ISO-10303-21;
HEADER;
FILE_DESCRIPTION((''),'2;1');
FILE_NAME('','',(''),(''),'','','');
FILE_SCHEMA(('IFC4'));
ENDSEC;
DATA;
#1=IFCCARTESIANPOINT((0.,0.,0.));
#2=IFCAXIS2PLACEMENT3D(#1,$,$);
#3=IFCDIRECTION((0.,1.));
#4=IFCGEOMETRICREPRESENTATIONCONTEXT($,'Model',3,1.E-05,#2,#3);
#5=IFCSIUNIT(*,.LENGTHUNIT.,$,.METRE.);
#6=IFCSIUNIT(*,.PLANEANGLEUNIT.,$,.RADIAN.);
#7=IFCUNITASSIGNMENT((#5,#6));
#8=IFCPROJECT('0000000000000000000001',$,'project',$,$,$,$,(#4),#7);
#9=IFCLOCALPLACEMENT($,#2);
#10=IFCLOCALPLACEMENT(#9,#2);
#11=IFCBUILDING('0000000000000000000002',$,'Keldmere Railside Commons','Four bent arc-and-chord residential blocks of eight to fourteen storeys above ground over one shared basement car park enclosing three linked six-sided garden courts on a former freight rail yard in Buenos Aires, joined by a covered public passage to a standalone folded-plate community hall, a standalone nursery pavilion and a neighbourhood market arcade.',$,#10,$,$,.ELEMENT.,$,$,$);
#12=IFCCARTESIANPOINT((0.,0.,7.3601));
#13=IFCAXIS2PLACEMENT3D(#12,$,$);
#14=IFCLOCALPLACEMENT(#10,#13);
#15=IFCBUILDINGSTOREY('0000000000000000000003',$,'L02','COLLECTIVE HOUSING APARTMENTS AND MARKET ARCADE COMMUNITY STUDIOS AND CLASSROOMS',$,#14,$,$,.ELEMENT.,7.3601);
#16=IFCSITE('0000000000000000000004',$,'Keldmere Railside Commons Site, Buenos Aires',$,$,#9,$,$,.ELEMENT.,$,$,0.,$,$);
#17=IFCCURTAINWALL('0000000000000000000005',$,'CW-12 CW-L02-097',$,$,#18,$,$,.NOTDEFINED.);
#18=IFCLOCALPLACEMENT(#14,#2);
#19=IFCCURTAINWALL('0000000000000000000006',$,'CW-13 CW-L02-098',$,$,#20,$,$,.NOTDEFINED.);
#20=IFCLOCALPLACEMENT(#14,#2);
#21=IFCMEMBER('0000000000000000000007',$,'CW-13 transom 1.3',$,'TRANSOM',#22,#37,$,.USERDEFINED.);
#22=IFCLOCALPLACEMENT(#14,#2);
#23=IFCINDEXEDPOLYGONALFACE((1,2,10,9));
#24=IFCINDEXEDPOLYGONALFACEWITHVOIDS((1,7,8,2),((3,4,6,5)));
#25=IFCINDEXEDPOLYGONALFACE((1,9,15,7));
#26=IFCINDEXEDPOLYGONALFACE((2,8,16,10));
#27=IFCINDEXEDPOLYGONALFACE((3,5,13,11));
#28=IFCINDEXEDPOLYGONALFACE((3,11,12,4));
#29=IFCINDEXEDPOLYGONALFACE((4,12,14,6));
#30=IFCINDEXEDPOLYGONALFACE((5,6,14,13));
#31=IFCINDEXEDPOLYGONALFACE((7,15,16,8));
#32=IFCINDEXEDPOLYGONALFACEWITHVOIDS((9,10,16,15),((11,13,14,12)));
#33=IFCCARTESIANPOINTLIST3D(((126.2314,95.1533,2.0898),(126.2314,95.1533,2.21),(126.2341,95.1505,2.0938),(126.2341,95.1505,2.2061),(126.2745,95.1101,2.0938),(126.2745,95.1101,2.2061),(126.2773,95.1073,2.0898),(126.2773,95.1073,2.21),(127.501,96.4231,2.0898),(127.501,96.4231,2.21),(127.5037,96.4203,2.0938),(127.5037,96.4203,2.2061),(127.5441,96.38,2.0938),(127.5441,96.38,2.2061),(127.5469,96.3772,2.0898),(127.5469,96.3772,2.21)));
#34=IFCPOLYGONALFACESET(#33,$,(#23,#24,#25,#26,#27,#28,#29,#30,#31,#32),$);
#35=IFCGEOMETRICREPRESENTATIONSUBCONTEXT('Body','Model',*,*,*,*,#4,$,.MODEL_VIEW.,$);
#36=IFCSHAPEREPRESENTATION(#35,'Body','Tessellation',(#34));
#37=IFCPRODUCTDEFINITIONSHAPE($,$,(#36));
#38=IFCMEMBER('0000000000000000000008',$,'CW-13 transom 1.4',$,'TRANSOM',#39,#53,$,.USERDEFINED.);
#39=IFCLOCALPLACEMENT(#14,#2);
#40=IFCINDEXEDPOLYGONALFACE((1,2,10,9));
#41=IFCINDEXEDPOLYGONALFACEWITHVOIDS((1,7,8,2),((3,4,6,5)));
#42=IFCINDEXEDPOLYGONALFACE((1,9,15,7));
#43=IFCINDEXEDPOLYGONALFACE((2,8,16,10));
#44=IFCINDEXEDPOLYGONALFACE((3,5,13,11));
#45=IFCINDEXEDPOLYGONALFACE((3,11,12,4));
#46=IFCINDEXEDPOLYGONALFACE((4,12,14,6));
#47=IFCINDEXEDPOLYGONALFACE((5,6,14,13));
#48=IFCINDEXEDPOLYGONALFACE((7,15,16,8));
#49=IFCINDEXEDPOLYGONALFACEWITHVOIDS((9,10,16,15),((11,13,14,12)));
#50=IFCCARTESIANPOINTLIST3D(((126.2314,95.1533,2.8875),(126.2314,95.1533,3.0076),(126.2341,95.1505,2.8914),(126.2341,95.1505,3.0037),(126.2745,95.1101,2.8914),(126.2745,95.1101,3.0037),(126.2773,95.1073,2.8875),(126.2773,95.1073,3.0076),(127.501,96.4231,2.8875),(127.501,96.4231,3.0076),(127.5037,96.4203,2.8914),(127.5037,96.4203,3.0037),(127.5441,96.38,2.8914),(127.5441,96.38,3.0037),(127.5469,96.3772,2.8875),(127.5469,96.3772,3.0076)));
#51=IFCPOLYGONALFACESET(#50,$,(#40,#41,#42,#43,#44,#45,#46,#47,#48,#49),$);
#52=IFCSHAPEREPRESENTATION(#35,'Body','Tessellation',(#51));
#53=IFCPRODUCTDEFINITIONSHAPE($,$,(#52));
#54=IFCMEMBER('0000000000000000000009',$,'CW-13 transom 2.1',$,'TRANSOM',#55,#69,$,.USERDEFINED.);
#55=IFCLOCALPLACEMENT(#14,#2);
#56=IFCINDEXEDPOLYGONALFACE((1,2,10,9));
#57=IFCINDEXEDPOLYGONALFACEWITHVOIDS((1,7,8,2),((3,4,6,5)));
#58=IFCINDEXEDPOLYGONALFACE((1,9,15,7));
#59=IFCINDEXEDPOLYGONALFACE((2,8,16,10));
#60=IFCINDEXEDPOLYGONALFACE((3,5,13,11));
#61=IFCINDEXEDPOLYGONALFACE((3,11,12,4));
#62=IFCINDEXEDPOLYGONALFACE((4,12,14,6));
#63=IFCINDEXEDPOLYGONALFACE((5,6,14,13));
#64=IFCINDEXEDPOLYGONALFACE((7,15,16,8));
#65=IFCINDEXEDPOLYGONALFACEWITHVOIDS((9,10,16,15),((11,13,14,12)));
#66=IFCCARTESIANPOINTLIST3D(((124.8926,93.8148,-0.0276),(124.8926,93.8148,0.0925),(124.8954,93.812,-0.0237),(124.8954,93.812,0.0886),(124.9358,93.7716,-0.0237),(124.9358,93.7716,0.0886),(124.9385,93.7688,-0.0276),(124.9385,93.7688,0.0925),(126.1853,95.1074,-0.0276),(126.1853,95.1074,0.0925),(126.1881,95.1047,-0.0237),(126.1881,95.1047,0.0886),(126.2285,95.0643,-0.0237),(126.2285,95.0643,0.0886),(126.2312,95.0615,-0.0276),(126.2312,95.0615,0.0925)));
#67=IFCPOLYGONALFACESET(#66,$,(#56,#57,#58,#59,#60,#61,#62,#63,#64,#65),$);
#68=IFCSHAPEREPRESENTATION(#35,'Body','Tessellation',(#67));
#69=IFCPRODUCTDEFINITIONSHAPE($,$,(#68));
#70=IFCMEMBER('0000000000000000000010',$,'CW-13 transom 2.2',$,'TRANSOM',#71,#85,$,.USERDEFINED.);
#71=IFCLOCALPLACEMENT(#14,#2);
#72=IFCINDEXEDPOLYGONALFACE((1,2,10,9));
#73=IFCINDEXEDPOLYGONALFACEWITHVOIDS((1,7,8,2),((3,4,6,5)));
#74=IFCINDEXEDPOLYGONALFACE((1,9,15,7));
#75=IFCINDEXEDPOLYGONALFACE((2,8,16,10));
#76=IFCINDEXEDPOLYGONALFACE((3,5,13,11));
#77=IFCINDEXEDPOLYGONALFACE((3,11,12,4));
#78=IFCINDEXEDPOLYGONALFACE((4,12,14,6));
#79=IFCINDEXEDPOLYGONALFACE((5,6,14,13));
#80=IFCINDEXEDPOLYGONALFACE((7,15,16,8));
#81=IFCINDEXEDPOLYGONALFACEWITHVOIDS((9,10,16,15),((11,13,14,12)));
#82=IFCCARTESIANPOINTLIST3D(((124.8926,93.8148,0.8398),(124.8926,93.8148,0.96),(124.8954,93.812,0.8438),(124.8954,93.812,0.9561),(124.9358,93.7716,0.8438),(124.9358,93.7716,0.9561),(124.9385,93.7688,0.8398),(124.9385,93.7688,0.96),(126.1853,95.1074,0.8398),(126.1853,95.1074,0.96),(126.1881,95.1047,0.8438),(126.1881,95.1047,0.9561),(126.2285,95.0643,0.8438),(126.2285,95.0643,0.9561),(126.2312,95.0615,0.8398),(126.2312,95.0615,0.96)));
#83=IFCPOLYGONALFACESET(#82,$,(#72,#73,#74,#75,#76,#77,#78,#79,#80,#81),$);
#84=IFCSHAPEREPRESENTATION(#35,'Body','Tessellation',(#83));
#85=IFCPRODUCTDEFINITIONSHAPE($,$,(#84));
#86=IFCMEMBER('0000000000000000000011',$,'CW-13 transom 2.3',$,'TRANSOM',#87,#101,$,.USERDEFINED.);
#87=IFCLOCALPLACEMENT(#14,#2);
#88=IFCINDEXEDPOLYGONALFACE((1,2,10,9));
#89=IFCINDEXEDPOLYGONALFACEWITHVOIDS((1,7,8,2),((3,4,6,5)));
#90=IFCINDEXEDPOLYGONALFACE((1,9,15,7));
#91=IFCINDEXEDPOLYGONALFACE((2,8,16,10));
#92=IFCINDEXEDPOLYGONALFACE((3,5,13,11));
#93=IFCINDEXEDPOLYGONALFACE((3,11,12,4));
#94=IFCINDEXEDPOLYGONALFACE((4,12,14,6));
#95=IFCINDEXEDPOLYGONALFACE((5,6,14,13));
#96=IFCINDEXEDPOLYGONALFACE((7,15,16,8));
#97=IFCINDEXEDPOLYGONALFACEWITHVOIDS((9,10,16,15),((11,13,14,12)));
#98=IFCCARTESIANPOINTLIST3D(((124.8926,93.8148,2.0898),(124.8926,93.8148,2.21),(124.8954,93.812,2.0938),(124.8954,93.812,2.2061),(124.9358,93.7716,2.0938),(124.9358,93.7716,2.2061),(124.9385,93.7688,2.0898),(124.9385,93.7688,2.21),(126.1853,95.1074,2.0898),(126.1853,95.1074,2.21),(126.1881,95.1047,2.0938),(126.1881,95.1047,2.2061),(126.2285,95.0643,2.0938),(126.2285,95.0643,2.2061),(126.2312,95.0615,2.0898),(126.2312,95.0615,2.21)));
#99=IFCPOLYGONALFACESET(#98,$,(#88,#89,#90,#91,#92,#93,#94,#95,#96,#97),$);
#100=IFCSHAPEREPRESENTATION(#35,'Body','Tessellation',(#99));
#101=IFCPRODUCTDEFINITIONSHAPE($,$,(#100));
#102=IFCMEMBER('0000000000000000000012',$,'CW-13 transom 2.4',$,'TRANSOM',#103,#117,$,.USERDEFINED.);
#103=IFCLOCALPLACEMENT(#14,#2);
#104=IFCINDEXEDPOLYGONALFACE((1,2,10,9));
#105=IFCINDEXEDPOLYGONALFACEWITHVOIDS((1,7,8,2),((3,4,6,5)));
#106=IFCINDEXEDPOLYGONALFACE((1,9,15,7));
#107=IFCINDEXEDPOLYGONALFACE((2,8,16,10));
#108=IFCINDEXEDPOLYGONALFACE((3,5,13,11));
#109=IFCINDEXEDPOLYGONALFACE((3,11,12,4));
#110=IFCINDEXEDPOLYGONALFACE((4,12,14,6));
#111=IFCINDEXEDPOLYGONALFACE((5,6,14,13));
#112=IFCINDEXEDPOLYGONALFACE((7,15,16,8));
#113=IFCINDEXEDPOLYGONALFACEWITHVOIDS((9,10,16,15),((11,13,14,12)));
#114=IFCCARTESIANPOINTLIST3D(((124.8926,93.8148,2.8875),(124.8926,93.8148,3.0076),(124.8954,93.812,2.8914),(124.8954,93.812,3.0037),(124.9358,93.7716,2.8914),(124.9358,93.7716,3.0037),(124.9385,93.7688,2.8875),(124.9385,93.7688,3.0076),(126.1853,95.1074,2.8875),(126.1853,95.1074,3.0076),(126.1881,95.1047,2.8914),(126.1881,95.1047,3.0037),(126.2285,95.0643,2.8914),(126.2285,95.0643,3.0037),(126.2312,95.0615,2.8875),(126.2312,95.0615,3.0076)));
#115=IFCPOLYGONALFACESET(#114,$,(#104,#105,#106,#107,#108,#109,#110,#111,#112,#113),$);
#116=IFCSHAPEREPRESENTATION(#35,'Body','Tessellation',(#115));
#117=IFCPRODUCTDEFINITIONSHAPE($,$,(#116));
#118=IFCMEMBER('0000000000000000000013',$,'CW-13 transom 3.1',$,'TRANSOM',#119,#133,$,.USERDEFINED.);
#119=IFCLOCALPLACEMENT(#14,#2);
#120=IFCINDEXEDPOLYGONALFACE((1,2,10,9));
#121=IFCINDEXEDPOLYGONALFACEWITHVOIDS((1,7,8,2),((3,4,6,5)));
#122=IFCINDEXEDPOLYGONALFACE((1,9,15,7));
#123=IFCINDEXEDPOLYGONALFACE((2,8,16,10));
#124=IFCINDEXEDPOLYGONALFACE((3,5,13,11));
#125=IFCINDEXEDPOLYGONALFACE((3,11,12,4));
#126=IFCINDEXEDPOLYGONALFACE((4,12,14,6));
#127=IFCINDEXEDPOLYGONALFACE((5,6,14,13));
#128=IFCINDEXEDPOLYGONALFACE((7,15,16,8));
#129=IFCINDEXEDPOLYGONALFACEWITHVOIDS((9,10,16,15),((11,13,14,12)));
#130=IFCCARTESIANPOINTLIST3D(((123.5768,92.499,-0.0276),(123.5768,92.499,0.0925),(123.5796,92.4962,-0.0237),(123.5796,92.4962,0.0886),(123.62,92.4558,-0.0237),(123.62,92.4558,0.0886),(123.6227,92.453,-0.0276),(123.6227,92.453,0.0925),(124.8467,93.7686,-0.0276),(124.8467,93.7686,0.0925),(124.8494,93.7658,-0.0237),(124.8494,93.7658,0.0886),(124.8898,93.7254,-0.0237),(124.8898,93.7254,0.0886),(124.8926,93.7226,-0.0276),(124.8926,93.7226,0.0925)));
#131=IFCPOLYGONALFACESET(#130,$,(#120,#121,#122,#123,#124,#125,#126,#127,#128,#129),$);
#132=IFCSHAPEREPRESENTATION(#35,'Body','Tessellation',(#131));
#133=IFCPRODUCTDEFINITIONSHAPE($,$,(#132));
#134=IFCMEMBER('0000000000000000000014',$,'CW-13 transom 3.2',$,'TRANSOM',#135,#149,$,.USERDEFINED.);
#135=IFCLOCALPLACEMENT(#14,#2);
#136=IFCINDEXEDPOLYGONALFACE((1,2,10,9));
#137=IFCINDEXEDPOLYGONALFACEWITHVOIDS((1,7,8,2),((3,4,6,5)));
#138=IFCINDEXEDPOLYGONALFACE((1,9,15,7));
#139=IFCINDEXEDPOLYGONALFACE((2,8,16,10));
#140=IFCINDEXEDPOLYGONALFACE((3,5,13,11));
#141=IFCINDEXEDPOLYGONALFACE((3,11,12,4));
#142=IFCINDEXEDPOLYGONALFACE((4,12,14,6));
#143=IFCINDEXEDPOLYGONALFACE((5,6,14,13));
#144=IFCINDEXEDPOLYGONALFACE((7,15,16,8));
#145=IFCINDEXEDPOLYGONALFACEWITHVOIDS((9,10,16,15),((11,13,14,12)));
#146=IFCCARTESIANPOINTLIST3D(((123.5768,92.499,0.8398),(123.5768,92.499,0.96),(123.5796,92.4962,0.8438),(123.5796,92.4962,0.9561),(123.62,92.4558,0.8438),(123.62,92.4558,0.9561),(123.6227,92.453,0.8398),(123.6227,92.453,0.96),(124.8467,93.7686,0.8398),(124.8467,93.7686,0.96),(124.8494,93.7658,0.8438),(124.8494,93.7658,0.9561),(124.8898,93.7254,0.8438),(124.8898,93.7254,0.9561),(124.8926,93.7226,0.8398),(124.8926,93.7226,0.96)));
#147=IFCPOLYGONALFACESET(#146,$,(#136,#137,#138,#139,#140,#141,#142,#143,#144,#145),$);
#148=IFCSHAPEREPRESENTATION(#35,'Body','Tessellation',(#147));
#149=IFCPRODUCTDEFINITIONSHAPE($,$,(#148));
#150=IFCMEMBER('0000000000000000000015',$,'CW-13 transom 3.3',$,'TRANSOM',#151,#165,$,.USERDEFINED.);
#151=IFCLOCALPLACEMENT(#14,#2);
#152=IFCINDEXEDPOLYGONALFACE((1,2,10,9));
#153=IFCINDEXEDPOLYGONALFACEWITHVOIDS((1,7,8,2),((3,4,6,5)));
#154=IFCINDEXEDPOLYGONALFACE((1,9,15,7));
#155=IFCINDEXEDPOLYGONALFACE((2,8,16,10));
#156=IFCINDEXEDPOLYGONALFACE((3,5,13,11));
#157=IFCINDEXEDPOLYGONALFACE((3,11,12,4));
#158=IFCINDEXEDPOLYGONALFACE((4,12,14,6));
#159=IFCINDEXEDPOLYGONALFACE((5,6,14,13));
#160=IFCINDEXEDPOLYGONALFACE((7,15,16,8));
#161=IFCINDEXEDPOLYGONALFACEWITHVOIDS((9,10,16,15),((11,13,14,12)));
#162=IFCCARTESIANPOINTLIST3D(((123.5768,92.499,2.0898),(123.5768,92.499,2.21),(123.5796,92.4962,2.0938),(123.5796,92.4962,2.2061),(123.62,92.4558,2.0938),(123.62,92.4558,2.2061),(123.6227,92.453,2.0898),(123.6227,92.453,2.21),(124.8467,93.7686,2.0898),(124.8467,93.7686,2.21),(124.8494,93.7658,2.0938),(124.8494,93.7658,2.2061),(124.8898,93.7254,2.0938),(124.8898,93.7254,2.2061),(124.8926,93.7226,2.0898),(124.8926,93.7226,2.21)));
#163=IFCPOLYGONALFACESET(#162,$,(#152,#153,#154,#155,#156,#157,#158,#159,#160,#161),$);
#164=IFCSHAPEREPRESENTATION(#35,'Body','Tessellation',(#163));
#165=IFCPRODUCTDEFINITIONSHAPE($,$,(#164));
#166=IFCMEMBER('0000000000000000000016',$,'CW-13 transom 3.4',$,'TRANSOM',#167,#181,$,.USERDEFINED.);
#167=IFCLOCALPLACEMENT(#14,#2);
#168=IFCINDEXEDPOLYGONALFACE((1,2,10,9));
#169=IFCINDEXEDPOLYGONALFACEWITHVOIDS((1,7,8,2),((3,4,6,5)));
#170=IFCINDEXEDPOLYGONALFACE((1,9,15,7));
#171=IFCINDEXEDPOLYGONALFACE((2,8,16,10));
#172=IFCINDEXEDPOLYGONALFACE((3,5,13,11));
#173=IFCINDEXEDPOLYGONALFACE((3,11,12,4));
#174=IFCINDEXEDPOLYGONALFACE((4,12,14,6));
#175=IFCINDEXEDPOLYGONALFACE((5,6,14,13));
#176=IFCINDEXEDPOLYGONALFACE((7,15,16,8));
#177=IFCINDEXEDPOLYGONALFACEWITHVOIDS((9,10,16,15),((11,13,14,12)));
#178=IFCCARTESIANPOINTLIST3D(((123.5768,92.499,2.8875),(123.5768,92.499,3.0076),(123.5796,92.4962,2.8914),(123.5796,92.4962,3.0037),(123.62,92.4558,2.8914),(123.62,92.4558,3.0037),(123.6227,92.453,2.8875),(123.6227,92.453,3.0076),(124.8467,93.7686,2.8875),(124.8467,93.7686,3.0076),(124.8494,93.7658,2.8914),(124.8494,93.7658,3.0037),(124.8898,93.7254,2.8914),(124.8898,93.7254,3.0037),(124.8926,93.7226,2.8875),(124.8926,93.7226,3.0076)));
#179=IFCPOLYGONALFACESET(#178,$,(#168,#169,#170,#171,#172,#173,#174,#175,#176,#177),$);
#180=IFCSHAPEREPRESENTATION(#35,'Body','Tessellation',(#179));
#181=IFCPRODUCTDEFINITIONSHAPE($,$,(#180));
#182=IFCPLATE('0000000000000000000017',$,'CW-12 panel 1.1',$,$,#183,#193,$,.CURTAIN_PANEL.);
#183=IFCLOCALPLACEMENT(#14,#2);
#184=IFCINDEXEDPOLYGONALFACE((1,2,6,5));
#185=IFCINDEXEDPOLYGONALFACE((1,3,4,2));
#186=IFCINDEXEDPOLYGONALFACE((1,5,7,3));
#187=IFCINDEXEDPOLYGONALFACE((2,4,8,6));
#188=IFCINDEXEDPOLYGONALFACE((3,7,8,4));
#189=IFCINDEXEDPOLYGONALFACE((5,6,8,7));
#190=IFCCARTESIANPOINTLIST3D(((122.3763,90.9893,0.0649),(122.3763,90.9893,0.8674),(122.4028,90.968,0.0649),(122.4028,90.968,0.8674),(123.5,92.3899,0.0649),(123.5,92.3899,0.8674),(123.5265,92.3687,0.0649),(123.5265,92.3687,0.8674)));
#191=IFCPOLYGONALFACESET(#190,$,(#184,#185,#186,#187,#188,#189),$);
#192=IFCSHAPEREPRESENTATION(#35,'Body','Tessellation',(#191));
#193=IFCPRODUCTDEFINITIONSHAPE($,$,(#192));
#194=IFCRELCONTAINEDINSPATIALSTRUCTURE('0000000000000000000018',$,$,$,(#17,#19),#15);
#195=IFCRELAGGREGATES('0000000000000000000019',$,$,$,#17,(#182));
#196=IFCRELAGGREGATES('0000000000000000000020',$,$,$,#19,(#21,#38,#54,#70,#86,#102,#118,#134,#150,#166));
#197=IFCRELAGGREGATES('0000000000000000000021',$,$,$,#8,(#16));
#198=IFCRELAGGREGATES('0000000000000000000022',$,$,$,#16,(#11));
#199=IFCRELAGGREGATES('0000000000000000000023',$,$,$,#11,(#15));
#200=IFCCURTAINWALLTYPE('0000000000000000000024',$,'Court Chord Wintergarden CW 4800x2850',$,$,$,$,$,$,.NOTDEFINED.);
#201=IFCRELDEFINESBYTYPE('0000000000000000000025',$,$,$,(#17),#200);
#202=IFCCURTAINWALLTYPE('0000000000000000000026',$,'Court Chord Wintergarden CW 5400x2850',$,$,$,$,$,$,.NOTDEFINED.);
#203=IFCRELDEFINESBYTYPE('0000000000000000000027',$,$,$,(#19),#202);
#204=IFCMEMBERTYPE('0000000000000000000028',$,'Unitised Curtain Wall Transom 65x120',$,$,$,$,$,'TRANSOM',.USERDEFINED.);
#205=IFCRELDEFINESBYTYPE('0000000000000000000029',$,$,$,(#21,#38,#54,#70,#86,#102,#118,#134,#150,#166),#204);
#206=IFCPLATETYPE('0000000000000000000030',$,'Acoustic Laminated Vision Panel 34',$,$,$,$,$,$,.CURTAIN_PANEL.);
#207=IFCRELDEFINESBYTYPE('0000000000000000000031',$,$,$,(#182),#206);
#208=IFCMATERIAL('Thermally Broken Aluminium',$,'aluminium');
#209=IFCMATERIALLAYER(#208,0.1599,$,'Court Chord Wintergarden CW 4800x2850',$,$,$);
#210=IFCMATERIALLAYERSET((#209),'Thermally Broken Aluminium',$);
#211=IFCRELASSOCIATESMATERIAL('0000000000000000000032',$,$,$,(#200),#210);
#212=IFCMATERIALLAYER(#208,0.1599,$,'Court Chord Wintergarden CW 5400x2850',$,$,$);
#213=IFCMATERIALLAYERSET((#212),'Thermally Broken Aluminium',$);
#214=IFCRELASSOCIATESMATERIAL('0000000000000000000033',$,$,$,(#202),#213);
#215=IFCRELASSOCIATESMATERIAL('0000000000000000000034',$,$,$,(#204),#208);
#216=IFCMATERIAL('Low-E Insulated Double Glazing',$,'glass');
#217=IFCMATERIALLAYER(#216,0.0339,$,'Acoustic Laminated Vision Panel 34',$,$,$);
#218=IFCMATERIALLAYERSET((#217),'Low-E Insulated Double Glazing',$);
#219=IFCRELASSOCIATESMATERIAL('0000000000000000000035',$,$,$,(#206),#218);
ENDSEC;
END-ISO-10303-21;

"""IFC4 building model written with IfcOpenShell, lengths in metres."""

from ifc_helpers import new_model, si_unit, direction, frame, origin, origin_2d, place, context, subcontext, project, spatial, rectangle, hollow_rectangle, extrude, material, layer, layer_set, material_profile, profile_set, type_object, element, aggregate, save


model = new_model("IFC4")

# Units and contexts
model_context = context("Model", 3, precision=1e-05, world=origin(), true_north=direction((0.0, 1.0)))
body_context = subcontext(model_context, "Body", "Model", "MODEL_VIEW")
ifc_project = project(units=[si_unit("LENGTHUNIT", "METRE"), si_unit("PLANEANGLEUNIT", "RADIAN")], contexts=[model_context])

# Site, building, storey
site_placement = place(None, origin())
site = spatial("IfcSite", under=ifc_project, at=site_placement, Name="Keldmere Railside Commons Site, Buenos Aires", CompositionType="ELEMENT", RefElevation=0.0)
building_placement = place(site_placement, origin())
building = spatial("IfcBuilding", under=site, at=building_placement, Name="Keldmere Railside Commons", Description="Four bent arc-and-chord residential blocks of eight to fourteen storeys above ground over one shared basement car park enclosing three linked six-sided garden courts on a former freight rail yard in Buenos Aires, joined by a covered public passage to a standalone folded-plate community hall, a standalone nursery pavilion and a neighbourhood market arcade.", CompositionType="ELEMENT")
storey_placement = place(building_placement, frame((0.0, 0.0, 7.3601)))
storey = spatial("IfcBuildingStorey", under=building, at=storey_placement, Name="L02", Description="COLLECTIVE HOUSING APARTMENTS AND MARKET ARCADE COMMUNITY STUDIOS AND CLASSROOMS", CompositionType="ELEMENT", Elevation=7.3601)

# Curtain wall
ifc_material_1 = material(Name="Thermally Broken Aluminium", Category="aluminium")
ifc_layer_1 = layer(ifc_material_1, 0.1599, Name="Court Chord Wintergarden CW 4800x2850")
ifc_layer_set_1 = layer_set([ifc_layer_1], Name="Thermally Broken Aluminium")
curtain_wall_type_1 = type_object("IfcCurtainWallType", Name="Court Chord Wintergarden CW 4800x2850", PredefinedType="NOTDEFINED", material=ifc_layer_set_1)
curtain_wall_1_placement = place(storey_placement, origin())
curtain_wall_1 = element("IfcCurtainWall", 1, at=curtain_wall_1_placement, inside=storey, type_object=curtain_wall_type_1, Name="CW-12 CW-L02-097", PredefinedType="NOTDEFINED")

# Curtain wall
ifc_layer_2 = layer(ifc_material_1, 0.1599, Name="Court Chord Wintergarden CW 5400x2850")
ifc_layer_set_2 = layer_set([ifc_layer_2], Name="Thermally Broken Aluminium")
curtain_wall_type_2 = type_object("IfcCurtainWallType", Name="Court Chord Wintergarden CW 5400x2850", PredefinedType="NOTDEFINED", material=ifc_layer_set_2)
curtain_wall_2_placement = place(storey_placement, origin())
curtain_wall_2 = element("IfcCurtainWall", 2, at=curtain_wall_2_placement, inside=storey, type_object=curtain_wall_type_2, Name="CW-13 CW-L02-098", PredefinedType="NOTDEFINED")

# Members
ifc_material_profile_1 = material_profile(ifc_material_1, hollow_rectangle(XDim=0.0649, YDim=0.1201, WallThickness=0.0039, at=origin_2d()), Name="ALU-TRAN-65x120")
ifc_profile_set_1 = profile_set([ifc_material_profile_1], Name="Thermally Broken Aluminium")
member_type_1 = type_object("IfcMemberType", Name="Unitised Curtain Wall Transom 65x120", ElementType="TRANSOM", PredefinedType="USERDEFINED", material=ifc_profile_set_1)
member_1_placement = place(storey_placement, frame((127.5239, 96.4001, 2.1499), z_axis=(-0.707039, -0.707175, 0.0), x_axis=(0.707175, -0.707039, 0.0)))
member_1 = element("IfcMember", 3, at=member_1_placement, type_object=member_type_1, Name="CW-13 transom 1.3", ObjectType="TRANSOM", PredefinedType="USERDEFINED", context=body_context, shape_type="SweptSolid", body=[
    extrude(hollow_rectangle(XDim=0.0649, YDim=0.1201, WallThickness=0.0039, at=origin_2d()), origin(), (0.0, 0.0, 1.0), 1.7957),
])
member_2_placement = place(storey_placement, frame((127.5239, 96.4001, 2.9475), z_axis=(-0.707039, -0.707175, 0.0), x_axis=(0.707175, -0.707039, 0.0)))
member_2 = element("IfcMember", 4, at=member_2_placement, type_object=member_type_1, Name="CW-13 transom 1.4", ObjectType="TRANSOM", PredefinedType="USERDEFINED", context=body_context, shape_type="SweptSolid", body=[
    extrude(hollow_rectangle(XDim=0.0649, YDim=0.1201, WallThickness=0.0039, at=origin_2d()), origin(), (0.0, 0.0, 1.0), 1.7957),
])
member_3_placement = place(storey_placement, frame((126.2083, 95.0845, 0.0325), z_axis=(-0.707107, -0.707107, 0.0), x_axis=(0.707107, -0.707107, 0.0)))
member_3 = element("IfcMember", 5, at=member_3_placement, type_object=member_type_1, Name="CW-13 transom 2.1", ObjectType="TRANSOM", PredefinedType="USERDEFINED", context=body_context, shape_type="SweptSolid", body=[
    extrude(hollow_rectangle(XDim=0.0649, YDim=0.1201, WallThickness=0.0039, at=origin_2d()), origin(), (0.0, 0.0, 1.0), 1.8281),
])
member_4_placement = place(storey_placement, frame((126.2083, 95.0845, 0.8999), z_axis=(-0.707107, -0.707107, 0.0), x_axis=(0.707107, -0.707107, 0.0)))
member_4 = element("IfcMember", 6, at=member_4_placement, type_object=member_type_1, Name="CW-13 transom 2.2", ObjectType="TRANSOM", PredefinedType="USERDEFINED", context=body_context, shape_type="SweptSolid", body=[
    extrude(hollow_rectangle(XDim=0.0649, YDim=0.1201, WallThickness=0.0039, at=origin_2d()), origin(), (0.0, 0.0, 1.0), 1.8281),
])
member_5_placement = place(storey_placement, frame((126.2083, 95.0845, 2.1499), z_axis=(-0.707107, -0.707107, 0.0), x_axis=(0.707107, -0.707107, 0.0)))
member_5 = element("IfcMember", 7, at=member_5_placement, type_object=member_type_1, Name="CW-13 transom 2.3", ObjectType="TRANSOM", PredefinedType="USERDEFINED", context=body_context, shape_type="SweptSolid", body=[
    extrude(hollow_rectangle(XDim=0.0649, YDim=0.1201, WallThickness=0.0039, at=origin_2d()), origin(), (0.0, 0.0, 1.0), 1.8281),
])
member_6_placement = place(storey_placement, frame((126.2083, 95.0845, 2.9475), z_axis=(-0.707107, -0.707107, 0.0), x_axis=(0.707107, -0.707107, 0.0)))
member_6 = element("IfcMember", 8, at=member_6_placement, type_object=member_type_1, Name="CW-13 transom 2.4", ObjectType="TRANSOM", PredefinedType="USERDEFINED", context=body_context, shape_type="SweptSolid", body=[
    extrude(hollow_rectangle(XDim=0.0649, YDim=0.1201, WallThickness=0.0039, at=origin_2d()), origin(), (0.0, 0.0, 1.0), 1.8281),
])
member_7_placement = place(storey_placement, frame((124.8696, 93.7456, 0.0325), z_axis=(-0.707175, -0.707039, 0.0), x_axis=(0.707039, -0.707175, 0.0)))
member_7 = element("IfcMember", 9, at=member_7_placement, type_object=member_type_1, Name="CW-13 transom 3.1", ObjectType="TRANSOM", PredefinedType="USERDEFINED", context=body_context, shape_type="SweptSolid", body=[
    extrude(hollow_rectangle(XDim=0.0649, YDim=0.1201, WallThickness=0.0039, at=origin_2d()), origin(), (0.0, 0.0, 1.0), 1.7957),
])
member_8_placement = place(storey_placement, frame((124.8696, 93.7456, 0.8999), z_axis=(-0.707175, -0.707039, 0.0), x_axis=(0.707039, -0.707175, 0.0)))
member_8 = element("IfcMember", 10, at=member_8_placement, type_object=member_type_1, Name="CW-13 transom 3.2", ObjectType="TRANSOM", PredefinedType="USERDEFINED", context=body_context, shape_type="SweptSolid", body=[
    extrude(hollow_rectangle(XDim=0.0649, YDim=0.1201, WallThickness=0.0039, at=origin_2d()), origin(), (0.0, 0.0, 1.0), 1.7957),
])
member_9_placement = place(storey_placement, frame((124.8696, 93.7456, 2.1499), z_axis=(-0.707175, -0.707039, 0.0), x_axis=(0.707039, -0.707175, 0.0)))
member_9 = element("IfcMember", 11, at=member_9_placement, type_object=member_type_1, Name="CW-13 transom 3.3", ObjectType="TRANSOM", PredefinedType="USERDEFINED", context=body_context, shape_type="SweptSolid", body=[
    extrude(hollow_rectangle(XDim=0.0649, YDim=0.1201, WallThickness=0.0039, at=origin_2d()), origin(), (0.0, 0.0, 1.0), 1.7957),
])
member_10_placement = place(storey_placement, frame((124.8696, 93.7456, 2.9475), z_axis=(-0.707175, -0.707039, 0.0), x_axis=(0.707039, -0.707175, 0.0)))
member_10 = element("IfcMember", 12, at=member_10_placement, type_object=member_type_1, Name="CW-13 transom 3.4", ObjectType="TRANSOM", PredefinedType="USERDEFINED", context=body_context, shape_type="SweptSolid", body=[
    extrude(hollow_rectangle(XDim=0.0649, YDim=0.1201, WallThickness=0.0039, at=origin_2d()), origin(), (0.0, 0.0, 1.0), 1.7957),
])

# Plate
ifc_material_2 = material(Name="Low-E Insulated Double Glazing", Category="glass")
ifc_layer_3 = layer(ifc_material_2, 0.0339, Name="Acoustic Laminated Vision Panel 34")
ifc_layer_set_3 = layer_set([ifc_layer_3], Name="Low-E Insulated Double Glazing")
plate_type_1 = type_object("IfcPlateType", Name="Acoustic Laminated Vision Panel 34", PredefinedType="CURTAIN_PANEL", material=ifc_layer_set_3)
plate_1_placement = place(storey_placement, frame((122.9514, 91.679, 0.0649), z_axis=(0.0, 0.0, 1.0), x_axis=(-0.625768, -0.780009, 0.0)))
plate_1 = element("IfcPlate", 13, at=plate_1_placement, type_object=plate_type_1, Name="CW-12 panel 1.1", PredefinedType="CURTAIN_PANEL", context=body_context, shape_type="SweptSolid", body=[
    extrude(rectangle(XDim=1.7957, YDim=0.0339, at=origin_2d()), origin(), (0.0, 0.0, 1.0), 0.8025),
])
aggregate(curtain_wall_1, [plate_1])
aggregate(curtain_wall_2, [member_1, member_2, member_3, member_4, member_5, member_6, member_7, member_8, member_9, member_10])

save(model, "model.ifc")
